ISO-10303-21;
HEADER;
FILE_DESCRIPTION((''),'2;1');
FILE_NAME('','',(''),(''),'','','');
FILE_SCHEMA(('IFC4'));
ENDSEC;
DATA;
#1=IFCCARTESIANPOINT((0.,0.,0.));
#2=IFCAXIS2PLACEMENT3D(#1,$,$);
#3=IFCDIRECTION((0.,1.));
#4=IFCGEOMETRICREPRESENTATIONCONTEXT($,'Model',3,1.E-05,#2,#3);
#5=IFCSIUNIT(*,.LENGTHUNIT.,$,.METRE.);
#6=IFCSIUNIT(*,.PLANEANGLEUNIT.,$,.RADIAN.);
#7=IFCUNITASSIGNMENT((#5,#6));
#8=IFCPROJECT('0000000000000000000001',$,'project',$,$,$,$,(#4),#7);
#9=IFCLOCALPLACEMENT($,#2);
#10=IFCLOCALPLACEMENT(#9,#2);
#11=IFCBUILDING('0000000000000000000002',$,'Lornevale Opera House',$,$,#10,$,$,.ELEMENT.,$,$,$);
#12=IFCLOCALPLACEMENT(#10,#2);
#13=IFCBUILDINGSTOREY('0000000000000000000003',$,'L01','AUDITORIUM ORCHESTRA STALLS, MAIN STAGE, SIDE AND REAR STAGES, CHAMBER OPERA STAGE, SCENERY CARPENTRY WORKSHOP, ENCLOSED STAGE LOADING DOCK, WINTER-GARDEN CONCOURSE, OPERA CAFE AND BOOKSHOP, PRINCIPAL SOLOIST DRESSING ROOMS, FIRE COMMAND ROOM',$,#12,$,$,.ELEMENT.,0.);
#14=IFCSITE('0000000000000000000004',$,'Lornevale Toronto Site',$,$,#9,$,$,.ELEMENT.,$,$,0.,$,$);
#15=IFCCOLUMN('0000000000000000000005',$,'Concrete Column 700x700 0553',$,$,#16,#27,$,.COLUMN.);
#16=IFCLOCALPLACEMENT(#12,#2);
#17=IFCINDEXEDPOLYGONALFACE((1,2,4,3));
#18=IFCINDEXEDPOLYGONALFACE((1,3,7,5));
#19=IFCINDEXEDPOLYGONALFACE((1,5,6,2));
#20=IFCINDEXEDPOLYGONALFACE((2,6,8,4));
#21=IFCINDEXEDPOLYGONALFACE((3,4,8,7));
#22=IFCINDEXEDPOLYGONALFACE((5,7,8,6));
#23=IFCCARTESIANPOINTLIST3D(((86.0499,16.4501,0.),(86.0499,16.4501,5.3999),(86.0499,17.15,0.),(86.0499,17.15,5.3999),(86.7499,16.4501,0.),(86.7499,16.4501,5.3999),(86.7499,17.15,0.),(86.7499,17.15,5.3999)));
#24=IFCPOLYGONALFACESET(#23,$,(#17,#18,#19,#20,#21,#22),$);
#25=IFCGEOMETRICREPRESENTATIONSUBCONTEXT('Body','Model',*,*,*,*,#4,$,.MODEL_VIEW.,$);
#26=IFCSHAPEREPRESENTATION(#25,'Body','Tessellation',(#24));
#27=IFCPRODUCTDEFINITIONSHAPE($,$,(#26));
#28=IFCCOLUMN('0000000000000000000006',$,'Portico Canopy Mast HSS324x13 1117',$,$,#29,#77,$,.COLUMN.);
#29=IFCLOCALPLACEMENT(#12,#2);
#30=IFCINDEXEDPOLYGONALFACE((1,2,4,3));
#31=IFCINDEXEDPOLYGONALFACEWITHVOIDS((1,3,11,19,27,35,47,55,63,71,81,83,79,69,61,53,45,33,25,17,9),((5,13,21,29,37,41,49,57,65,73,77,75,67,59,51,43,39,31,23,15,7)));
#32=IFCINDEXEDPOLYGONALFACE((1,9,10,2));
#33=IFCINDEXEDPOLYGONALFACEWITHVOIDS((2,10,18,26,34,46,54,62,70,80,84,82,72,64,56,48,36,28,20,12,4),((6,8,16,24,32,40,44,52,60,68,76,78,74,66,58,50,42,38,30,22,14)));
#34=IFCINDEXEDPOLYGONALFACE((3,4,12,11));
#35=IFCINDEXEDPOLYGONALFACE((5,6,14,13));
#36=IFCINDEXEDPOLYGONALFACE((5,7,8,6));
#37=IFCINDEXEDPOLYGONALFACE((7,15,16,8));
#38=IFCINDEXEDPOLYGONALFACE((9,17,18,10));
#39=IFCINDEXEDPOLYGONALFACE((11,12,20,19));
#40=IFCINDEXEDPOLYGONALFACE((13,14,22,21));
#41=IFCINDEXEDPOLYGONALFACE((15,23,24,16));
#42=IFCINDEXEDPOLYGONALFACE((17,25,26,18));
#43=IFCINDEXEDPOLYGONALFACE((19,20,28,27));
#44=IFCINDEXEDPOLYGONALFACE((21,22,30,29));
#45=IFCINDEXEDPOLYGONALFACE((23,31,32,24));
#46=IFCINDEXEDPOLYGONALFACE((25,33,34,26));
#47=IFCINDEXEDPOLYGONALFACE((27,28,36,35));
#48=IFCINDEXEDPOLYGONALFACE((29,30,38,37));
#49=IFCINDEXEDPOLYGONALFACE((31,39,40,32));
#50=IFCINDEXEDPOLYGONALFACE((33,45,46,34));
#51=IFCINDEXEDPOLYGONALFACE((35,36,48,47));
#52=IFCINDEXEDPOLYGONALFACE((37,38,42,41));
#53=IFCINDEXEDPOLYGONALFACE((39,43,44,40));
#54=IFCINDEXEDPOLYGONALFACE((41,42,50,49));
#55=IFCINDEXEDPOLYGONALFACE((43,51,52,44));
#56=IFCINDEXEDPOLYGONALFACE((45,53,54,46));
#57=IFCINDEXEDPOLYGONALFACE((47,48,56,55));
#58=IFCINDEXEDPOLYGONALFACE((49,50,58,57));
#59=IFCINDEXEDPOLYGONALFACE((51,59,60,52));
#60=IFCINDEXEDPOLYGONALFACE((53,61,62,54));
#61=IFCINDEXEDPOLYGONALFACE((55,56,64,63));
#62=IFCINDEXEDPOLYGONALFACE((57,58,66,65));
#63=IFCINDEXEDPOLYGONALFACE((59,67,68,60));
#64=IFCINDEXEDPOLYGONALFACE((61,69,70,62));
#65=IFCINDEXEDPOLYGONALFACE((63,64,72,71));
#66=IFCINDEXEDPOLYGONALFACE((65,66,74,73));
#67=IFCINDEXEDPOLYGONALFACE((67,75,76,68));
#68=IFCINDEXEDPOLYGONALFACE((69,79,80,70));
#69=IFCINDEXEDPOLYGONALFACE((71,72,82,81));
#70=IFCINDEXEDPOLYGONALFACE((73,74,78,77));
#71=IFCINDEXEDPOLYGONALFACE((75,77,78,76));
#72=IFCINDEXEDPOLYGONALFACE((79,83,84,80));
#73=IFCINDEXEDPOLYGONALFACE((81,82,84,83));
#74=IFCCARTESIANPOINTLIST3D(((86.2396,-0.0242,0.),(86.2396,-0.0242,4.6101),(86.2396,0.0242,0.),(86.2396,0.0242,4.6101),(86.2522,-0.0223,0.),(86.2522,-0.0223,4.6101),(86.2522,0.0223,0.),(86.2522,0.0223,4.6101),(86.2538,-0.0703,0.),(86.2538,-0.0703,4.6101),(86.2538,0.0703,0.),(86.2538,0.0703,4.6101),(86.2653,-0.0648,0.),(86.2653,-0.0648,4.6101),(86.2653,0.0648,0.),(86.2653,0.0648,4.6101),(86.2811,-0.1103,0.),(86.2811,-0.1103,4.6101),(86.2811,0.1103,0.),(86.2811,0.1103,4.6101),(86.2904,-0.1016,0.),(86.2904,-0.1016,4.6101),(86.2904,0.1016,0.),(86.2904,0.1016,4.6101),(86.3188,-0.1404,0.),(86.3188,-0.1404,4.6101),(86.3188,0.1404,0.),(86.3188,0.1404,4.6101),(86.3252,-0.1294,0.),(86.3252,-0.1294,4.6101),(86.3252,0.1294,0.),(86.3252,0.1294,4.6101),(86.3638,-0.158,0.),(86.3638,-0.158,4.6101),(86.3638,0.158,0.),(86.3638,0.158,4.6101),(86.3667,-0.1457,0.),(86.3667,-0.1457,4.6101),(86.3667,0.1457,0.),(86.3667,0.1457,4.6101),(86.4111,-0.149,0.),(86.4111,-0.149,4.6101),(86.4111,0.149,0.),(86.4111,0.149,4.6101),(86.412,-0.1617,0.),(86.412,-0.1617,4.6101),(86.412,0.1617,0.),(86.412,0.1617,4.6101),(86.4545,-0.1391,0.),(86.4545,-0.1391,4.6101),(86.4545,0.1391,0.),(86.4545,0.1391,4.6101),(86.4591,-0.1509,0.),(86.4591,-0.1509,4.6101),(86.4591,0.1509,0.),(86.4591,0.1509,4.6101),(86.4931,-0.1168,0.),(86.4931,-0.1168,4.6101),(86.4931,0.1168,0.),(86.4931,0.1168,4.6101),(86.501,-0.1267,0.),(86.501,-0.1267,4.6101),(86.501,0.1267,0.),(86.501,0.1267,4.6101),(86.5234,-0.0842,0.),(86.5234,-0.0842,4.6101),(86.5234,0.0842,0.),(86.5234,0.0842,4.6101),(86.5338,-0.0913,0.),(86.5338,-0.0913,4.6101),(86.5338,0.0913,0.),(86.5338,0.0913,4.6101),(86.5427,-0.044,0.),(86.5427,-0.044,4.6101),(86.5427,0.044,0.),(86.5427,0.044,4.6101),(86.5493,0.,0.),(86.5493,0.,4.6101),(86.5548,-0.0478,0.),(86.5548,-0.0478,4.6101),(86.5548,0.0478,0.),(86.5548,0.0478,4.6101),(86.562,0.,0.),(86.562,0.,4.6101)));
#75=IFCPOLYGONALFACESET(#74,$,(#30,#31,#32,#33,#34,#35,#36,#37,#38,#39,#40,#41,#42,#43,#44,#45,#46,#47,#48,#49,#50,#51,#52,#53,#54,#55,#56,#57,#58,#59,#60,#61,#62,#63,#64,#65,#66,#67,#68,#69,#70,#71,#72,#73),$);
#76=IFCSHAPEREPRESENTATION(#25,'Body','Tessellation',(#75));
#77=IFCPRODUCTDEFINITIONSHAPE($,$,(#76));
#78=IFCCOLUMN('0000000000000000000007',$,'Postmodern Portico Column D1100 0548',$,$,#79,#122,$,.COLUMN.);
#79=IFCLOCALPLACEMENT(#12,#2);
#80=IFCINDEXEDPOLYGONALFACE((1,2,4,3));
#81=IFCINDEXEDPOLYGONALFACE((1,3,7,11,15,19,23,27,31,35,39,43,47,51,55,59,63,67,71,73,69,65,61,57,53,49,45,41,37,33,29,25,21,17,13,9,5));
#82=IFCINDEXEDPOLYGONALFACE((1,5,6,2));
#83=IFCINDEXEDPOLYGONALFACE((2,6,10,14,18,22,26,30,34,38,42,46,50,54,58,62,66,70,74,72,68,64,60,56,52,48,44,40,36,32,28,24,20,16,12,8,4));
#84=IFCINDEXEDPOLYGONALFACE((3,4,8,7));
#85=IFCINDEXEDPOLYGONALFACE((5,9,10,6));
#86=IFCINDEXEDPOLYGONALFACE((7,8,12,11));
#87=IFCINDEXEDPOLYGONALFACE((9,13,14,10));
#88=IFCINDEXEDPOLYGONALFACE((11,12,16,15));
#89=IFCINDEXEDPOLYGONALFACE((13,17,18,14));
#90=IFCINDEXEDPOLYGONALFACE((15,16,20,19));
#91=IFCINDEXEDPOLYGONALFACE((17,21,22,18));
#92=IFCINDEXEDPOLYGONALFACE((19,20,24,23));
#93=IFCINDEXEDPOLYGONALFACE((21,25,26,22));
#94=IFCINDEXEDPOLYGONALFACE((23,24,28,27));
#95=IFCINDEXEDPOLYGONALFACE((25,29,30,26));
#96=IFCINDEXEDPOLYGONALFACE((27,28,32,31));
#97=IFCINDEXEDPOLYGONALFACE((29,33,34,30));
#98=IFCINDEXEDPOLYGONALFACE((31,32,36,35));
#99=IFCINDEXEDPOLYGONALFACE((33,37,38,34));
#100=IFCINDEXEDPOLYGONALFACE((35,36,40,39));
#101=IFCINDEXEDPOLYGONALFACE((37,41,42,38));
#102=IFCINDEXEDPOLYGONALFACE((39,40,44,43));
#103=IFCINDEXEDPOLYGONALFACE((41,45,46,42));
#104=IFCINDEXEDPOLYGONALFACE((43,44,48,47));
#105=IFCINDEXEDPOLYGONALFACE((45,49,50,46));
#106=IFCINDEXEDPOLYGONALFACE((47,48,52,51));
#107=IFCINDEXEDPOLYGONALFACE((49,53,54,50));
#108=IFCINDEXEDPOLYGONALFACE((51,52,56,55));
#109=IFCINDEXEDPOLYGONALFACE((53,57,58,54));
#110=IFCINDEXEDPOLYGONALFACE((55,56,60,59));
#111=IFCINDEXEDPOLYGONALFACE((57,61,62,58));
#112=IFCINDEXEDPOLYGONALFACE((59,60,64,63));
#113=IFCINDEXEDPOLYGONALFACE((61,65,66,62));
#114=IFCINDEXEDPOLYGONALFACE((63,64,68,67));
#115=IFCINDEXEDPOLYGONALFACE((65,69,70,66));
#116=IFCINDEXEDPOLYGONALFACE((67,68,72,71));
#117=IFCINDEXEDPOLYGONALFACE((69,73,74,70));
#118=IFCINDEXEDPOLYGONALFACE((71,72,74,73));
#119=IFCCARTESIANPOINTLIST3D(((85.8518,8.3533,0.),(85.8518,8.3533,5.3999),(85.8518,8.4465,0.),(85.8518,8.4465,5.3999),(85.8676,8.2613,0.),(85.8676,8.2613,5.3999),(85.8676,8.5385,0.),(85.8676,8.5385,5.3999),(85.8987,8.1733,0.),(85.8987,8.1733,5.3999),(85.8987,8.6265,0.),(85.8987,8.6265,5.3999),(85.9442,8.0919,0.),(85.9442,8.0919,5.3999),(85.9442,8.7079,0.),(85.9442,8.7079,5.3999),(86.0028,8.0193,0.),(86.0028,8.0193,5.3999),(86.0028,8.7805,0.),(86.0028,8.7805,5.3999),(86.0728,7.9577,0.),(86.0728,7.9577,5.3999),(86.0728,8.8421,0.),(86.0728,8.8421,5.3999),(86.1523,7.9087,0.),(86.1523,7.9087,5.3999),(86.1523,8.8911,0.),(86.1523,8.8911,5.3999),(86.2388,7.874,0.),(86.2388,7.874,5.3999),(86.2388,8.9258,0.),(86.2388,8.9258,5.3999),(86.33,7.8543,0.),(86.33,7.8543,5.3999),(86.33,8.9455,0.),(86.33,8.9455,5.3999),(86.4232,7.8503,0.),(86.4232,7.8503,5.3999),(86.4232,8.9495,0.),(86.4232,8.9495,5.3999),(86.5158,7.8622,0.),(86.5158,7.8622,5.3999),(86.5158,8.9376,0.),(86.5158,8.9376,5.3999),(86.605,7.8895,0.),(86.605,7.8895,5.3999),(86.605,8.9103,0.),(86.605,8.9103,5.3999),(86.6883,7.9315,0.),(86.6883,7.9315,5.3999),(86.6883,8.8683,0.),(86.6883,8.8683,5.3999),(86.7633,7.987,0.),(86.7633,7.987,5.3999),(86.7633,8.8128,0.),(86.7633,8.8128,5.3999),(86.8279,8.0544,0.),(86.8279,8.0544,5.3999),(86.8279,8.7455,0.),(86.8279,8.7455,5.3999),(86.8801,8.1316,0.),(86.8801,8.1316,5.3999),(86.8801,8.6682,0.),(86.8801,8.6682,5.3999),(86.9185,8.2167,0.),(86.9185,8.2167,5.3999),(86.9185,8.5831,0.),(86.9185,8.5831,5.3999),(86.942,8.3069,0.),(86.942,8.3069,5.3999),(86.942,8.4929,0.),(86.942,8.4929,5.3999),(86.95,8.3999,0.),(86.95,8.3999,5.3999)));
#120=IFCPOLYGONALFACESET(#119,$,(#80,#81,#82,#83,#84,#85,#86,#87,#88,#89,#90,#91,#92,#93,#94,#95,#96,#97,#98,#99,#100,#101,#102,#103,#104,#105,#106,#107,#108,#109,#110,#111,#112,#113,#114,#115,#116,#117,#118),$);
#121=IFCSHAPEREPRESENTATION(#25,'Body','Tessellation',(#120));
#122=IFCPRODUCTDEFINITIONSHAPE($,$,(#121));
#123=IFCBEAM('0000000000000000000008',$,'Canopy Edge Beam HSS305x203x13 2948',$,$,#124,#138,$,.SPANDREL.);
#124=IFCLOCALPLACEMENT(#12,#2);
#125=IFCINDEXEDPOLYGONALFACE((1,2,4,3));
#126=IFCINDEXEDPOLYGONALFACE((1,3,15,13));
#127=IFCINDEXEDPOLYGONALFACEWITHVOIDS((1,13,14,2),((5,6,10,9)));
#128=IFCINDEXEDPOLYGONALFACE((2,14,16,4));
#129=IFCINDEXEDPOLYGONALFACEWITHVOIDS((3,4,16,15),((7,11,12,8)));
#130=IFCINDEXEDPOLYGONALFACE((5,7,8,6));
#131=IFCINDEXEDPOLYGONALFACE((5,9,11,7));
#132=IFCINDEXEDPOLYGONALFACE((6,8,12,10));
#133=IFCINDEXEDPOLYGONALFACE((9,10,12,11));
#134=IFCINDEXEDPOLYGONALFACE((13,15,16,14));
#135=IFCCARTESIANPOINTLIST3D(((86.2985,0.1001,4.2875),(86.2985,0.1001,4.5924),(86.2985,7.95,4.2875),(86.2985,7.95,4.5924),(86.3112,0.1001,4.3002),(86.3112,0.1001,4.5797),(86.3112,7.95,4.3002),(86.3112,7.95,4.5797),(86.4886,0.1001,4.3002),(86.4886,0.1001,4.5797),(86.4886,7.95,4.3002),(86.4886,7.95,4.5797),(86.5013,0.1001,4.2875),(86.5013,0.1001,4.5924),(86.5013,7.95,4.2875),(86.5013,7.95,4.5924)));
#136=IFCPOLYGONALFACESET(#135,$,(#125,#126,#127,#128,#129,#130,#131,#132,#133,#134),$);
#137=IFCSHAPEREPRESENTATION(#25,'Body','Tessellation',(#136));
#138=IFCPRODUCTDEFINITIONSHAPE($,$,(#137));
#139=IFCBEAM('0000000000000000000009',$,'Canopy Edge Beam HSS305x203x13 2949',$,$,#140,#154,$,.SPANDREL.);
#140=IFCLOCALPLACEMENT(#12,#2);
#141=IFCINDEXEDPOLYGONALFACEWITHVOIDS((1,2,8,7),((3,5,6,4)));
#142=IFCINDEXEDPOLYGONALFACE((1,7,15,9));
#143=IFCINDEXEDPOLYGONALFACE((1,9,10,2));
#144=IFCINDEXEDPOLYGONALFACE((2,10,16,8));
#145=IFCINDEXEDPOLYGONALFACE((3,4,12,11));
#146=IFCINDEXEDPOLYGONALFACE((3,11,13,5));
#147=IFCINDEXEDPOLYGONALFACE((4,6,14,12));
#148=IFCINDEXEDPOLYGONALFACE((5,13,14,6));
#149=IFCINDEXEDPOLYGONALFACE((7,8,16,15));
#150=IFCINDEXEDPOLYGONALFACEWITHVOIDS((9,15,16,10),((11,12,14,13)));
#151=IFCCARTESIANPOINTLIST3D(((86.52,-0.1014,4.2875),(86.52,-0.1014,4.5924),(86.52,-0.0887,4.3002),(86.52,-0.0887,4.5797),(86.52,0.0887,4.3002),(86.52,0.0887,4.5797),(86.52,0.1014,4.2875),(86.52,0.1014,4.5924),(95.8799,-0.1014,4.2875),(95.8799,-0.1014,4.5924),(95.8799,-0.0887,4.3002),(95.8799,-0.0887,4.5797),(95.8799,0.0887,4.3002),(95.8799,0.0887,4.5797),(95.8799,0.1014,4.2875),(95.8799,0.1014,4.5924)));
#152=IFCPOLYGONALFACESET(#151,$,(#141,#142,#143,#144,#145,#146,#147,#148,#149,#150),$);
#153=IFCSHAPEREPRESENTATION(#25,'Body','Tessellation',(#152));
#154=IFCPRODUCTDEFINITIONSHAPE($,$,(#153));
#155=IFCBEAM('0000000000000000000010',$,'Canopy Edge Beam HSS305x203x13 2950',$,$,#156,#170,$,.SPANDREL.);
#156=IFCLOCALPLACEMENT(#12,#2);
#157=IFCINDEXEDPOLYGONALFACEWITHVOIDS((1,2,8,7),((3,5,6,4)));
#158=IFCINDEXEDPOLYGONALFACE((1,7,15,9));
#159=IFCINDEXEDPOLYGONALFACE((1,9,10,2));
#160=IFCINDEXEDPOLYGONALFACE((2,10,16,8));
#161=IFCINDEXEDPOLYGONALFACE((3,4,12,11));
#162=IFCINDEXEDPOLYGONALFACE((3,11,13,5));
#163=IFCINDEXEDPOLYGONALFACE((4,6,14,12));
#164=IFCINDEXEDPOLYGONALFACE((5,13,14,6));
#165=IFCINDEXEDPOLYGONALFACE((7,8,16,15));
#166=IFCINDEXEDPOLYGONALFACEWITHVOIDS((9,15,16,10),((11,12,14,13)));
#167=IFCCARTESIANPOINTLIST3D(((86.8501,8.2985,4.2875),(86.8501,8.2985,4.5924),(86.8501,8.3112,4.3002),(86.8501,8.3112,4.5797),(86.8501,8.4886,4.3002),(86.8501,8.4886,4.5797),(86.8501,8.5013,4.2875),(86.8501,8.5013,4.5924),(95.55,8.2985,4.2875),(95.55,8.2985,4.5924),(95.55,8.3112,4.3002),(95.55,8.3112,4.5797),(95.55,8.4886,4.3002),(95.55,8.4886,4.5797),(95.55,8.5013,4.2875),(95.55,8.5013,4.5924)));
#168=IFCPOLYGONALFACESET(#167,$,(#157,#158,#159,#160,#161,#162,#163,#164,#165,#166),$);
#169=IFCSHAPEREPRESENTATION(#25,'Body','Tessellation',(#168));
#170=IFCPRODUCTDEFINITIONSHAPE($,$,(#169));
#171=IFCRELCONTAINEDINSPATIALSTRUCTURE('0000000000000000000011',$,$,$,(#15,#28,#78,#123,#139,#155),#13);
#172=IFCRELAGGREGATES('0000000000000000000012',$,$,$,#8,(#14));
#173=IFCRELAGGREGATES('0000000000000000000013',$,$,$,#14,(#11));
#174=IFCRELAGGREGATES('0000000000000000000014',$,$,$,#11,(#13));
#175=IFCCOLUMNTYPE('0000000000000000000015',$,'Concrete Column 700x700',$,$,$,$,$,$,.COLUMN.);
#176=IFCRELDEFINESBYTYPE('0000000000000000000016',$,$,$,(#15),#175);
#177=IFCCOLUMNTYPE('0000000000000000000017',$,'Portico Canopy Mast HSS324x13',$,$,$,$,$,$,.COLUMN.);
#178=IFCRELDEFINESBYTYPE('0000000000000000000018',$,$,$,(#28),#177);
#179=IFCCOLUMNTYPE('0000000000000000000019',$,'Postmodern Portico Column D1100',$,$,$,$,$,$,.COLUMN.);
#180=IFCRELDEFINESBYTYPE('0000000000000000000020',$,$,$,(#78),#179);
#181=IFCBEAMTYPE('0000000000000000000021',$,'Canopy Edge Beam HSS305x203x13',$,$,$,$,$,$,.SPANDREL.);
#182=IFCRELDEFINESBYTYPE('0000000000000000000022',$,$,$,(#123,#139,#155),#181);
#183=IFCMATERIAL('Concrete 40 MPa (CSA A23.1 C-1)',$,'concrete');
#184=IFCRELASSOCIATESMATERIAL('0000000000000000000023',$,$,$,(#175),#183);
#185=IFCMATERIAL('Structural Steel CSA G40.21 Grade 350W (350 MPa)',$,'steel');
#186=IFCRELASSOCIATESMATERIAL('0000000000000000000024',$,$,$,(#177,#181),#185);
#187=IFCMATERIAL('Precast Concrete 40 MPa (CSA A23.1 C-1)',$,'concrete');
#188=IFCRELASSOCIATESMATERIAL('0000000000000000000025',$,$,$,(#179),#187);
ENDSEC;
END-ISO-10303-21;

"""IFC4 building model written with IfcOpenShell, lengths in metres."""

from ifc_helpers import new_model, si_unit, direction, frame, origin, origin_2d, place, context, subcontext, project, spatial, rectangle, hollow_rectangle, circle, hollow_circle, extrude, material, material_profile, profile_set, type_object, element, save


model = new_model("IFC4")

# Units and contexts
model_context = context("Model", 3, precision=1e-05, world=origin(), true_north=direction((0.0, 1.0)))
body_context = subcontext(model_context, "Body", "Model", "MODEL_VIEW")
ifc_project = project(units=[si_unit("LENGTHUNIT", "METRE"), si_unit("PLANEANGLEUNIT", "RADIAN")], contexts=[model_context])

# Site, building, storey
site_placement = place(None, origin())
site = spatial("IfcSite", under=ifc_project, at=site_placement, Name="Lornevale Toronto Site", CompositionType="ELEMENT", RefElevation=0.0)
building_placement = place(site_placement, origin())
building = spatial("IfcBuilding", under=site, at=building_placement, Name="Lornevale Opera House", CompositionType="ELEMENT")
storey_placement = place(building_placement, origin())
storey = spatial("IfcBuildingStorey", under=building, at=storey_placement, Name="L01", Description="AUDITORIUM ORCHESTRA STALLS, MAIN STAGE, SIDE AND REAR STAGES, CHAMBER OPERA STAGE, SCENERY CARPENTRY WORKSHOP, ENCLOSED STAGE LOADING DOCK, WINTER-GARDEN CONCOURSE, OPERA CAFE AND BOOKSHOP, PRINCIPAL SOLOIST DRESSING ROOMS, FIRE COMMAND ROOM", CompositionType="ELEMENT", Elevation=0.0)

# Columns
ifc_material_1 = material(Name="Concrete 40 MPa (CSA A23.1 C-1)", Category="concrete")
ifc_material_profile_1 = material_profile(ifc_material_1, rectangle(XDim=0.7, YDim=0.7, at=origin_2d()), Name="RC700x700")
ifc_profile_set_1 = profile_set([ifc_material_profile_1], Name="Concrete 40 MPa (CSA A23.1 C-1)")
column_type_1 = type_object("IfcColumnType", Name="Concrete Column 700x700", PredefinedType="COLUMN", material=ifc_profile_set_1)
column_1_placement = place(storey_placement, frame((86.3999, 16.8, 0.0), z_axis=(0.0, 0.0, 1.0), x_axis=(1.0, 0.0, 0.0)))
element("IfcColumn", 1, at=column_1_placement, inside=storey, type_object=column_type_1, Name="Concrete Column 700x700 0553", PredefinedType="COLUMN", context=body_context, shape_type="SweptSolid", body=[
    extrude(rectangle(XDim=0.7, YDim=0.7, at=origin_2d()), origin(), (0.0, 0.0, 1.0), 5.3999),
])
ifc_material_2 = material(Name="Structural Steel CSA G40.21 Grade 350W (350 MPa)", Category="steel")
ifc_material_profile_2 = material_profile(ifc_material_2, hollow_circle(Radius=0.1621, WallThickness=0.0127, at=origin_2d()), Name="HSS324x13")
ifc_profile_set_2 = profile_set([ifc_material_profile_2], Name="Structural Steel CSA G40.21 Grade 350W (350 MPa)")
column_type_2 = type_object("IfcColumnType", Name="Portico Canopy Mast HSS324x13", PredefinedType="COLUMN", material=ifc_profile_set_2)
column_2_placement = place(storey_placement, frame((86.3999, 0.0, 0.0), z_axis=(0.0, 0.0, 1.0), x_axis=(1.0, 0.0, 0.0)))
element("IfcColumn", 2, at=column_2_placement, inside=storey, type_object=column_type_2, Name="Portico Canopy Mast HSS324x13 1117", PredefinedType="COLUMN", context=body_context, shape_type="SweptSolid", body=[
    extrude(hollow_circle(Radius=0.1621, WallThickness=0.0127, at=origin_2d()), origin(), (0.0, 0.0, 1.0), 4.6101),
])
ifc_material_3 = material(Name="Precast Concrete 40 MPa (CSA A23.1 C-1)", Category="concrete")
ifc_material_profile_3 = material_profile(ifc_material_3, circle(Radius=0.55, at=origin_2d()), Name="RCCOL1100")
ifc_profile_set_3 = profile_set([ifc_material_profile_3], Name="Precast Concrete 40 MPa (CSA A23.1 C-1)")
column_type_3 = type_object("IfcColumnType", Name="Postmodern Portico Column D1100", PredefinedType="COLUMN", material=ifc_profile_set_3)
column_3_placement = place(storey_placement, frame((86.3999, 8.3999, 0.0), z_axis=(0.0, 0.0, 1.0), x_axis=(1.0, 0.0, 0.0)))
element("IfcColumn", 3, at=column_3_placement, inside=storey, type_object=column_type_3, Name="Postmodern Portico Column D1100 0548", PredefinedType="COLUMN", context=body_context, shape_type="SweptSolid", body=[
    extrude(circle(Radius=0.55, at=origin_2d()), origin(), (0.0, 0.0, 1.0), 5.3999),
])

# Beams
ifc_material_profile_4 = material_profile(ifc_material_2, hollow_rectangle(XDim=0.2029, YDim=0.3049, WallThickness=0.0127, at=origin_2d()), Name="HSS305x203x13")
ifc_profile_set_4 = profile_set([ifc_material_profile_4], Name="Structural Steel CSA G40.21 Grade 350W (350 MPa)")
beam_type_1 = type_object("IfcBeamType", Name="Canopy Edge Beam HSS305x203x13", PredefinedType="SPANDREL", material=ifc_profile_set_4)
beam_1_placement = place(storey_placement, frame((86.3999, 0.1001, 4.4399), z_axis=(0.0, 1.0, 0.0), x_axis=(-1.0, 0.0, 0.0)))
element("IfcBeam", 4, at=beam_1_placement, inside=storey, type_object=beam_type_1, Name="Canopy Edge Beam HSS305x203x13 2948", PredefinedType="SPANDREL", context=body_context, shape_type="SweptSolid", body=[
    extrude(hollow_rectangle(XDim=0.2029, YDim=0.3049, WallThickness=0.0127, at=origin_2d()), origin(), (0.0, 0.0, 1.0), 7.8499),
])
beam_2_placement = place(storey_placement, frame((86.52, 0.0, 4.4399), z_axis=(1.0, 0.0, 0.0), x_axis=(0.0, 1.0, 0.0)))
element("IfcBeam", 5, at=beam_2_placement, inside=storey, type_object=beam_type_1, Name="Canopy Edge Beam HSS305x203x13 2949", PredefinedType="SPANDREL", context=body_context, shape_type="SweptSolid", body=[
    extrude(hollow_rectangle(XDim=0.2029, YDim=0.3049, WallThickness=0.0127, at=origin_2d()), origin(), (0.0, 0.0, 1.0), 9.3599),
])
beam_3_placement = place(storey_placement, frame((86.8501, 8.3999, 4.4399), z_axis=(1.0, 0.0, 0.0), x_axis=(0.0, 1.0, 0.0)))
element("IfcBeam", 6, at=beam_3_placement, inside=storey, type_object=beam_type_1, Name="Canopy Edge Beam HSS305x203x13 2950", PredefinedType="SPANDREL", context=body_context, shape_type="SweptSolid", body=[
    extrude(hollow_rectangle(XDim=0.2029, YDim=0.3049, WallThickness=0.0127, at=origin_2d()), origin(), (0.0, 0.0, 1.0), 8.7),
])

save(model, "model.ifc")
